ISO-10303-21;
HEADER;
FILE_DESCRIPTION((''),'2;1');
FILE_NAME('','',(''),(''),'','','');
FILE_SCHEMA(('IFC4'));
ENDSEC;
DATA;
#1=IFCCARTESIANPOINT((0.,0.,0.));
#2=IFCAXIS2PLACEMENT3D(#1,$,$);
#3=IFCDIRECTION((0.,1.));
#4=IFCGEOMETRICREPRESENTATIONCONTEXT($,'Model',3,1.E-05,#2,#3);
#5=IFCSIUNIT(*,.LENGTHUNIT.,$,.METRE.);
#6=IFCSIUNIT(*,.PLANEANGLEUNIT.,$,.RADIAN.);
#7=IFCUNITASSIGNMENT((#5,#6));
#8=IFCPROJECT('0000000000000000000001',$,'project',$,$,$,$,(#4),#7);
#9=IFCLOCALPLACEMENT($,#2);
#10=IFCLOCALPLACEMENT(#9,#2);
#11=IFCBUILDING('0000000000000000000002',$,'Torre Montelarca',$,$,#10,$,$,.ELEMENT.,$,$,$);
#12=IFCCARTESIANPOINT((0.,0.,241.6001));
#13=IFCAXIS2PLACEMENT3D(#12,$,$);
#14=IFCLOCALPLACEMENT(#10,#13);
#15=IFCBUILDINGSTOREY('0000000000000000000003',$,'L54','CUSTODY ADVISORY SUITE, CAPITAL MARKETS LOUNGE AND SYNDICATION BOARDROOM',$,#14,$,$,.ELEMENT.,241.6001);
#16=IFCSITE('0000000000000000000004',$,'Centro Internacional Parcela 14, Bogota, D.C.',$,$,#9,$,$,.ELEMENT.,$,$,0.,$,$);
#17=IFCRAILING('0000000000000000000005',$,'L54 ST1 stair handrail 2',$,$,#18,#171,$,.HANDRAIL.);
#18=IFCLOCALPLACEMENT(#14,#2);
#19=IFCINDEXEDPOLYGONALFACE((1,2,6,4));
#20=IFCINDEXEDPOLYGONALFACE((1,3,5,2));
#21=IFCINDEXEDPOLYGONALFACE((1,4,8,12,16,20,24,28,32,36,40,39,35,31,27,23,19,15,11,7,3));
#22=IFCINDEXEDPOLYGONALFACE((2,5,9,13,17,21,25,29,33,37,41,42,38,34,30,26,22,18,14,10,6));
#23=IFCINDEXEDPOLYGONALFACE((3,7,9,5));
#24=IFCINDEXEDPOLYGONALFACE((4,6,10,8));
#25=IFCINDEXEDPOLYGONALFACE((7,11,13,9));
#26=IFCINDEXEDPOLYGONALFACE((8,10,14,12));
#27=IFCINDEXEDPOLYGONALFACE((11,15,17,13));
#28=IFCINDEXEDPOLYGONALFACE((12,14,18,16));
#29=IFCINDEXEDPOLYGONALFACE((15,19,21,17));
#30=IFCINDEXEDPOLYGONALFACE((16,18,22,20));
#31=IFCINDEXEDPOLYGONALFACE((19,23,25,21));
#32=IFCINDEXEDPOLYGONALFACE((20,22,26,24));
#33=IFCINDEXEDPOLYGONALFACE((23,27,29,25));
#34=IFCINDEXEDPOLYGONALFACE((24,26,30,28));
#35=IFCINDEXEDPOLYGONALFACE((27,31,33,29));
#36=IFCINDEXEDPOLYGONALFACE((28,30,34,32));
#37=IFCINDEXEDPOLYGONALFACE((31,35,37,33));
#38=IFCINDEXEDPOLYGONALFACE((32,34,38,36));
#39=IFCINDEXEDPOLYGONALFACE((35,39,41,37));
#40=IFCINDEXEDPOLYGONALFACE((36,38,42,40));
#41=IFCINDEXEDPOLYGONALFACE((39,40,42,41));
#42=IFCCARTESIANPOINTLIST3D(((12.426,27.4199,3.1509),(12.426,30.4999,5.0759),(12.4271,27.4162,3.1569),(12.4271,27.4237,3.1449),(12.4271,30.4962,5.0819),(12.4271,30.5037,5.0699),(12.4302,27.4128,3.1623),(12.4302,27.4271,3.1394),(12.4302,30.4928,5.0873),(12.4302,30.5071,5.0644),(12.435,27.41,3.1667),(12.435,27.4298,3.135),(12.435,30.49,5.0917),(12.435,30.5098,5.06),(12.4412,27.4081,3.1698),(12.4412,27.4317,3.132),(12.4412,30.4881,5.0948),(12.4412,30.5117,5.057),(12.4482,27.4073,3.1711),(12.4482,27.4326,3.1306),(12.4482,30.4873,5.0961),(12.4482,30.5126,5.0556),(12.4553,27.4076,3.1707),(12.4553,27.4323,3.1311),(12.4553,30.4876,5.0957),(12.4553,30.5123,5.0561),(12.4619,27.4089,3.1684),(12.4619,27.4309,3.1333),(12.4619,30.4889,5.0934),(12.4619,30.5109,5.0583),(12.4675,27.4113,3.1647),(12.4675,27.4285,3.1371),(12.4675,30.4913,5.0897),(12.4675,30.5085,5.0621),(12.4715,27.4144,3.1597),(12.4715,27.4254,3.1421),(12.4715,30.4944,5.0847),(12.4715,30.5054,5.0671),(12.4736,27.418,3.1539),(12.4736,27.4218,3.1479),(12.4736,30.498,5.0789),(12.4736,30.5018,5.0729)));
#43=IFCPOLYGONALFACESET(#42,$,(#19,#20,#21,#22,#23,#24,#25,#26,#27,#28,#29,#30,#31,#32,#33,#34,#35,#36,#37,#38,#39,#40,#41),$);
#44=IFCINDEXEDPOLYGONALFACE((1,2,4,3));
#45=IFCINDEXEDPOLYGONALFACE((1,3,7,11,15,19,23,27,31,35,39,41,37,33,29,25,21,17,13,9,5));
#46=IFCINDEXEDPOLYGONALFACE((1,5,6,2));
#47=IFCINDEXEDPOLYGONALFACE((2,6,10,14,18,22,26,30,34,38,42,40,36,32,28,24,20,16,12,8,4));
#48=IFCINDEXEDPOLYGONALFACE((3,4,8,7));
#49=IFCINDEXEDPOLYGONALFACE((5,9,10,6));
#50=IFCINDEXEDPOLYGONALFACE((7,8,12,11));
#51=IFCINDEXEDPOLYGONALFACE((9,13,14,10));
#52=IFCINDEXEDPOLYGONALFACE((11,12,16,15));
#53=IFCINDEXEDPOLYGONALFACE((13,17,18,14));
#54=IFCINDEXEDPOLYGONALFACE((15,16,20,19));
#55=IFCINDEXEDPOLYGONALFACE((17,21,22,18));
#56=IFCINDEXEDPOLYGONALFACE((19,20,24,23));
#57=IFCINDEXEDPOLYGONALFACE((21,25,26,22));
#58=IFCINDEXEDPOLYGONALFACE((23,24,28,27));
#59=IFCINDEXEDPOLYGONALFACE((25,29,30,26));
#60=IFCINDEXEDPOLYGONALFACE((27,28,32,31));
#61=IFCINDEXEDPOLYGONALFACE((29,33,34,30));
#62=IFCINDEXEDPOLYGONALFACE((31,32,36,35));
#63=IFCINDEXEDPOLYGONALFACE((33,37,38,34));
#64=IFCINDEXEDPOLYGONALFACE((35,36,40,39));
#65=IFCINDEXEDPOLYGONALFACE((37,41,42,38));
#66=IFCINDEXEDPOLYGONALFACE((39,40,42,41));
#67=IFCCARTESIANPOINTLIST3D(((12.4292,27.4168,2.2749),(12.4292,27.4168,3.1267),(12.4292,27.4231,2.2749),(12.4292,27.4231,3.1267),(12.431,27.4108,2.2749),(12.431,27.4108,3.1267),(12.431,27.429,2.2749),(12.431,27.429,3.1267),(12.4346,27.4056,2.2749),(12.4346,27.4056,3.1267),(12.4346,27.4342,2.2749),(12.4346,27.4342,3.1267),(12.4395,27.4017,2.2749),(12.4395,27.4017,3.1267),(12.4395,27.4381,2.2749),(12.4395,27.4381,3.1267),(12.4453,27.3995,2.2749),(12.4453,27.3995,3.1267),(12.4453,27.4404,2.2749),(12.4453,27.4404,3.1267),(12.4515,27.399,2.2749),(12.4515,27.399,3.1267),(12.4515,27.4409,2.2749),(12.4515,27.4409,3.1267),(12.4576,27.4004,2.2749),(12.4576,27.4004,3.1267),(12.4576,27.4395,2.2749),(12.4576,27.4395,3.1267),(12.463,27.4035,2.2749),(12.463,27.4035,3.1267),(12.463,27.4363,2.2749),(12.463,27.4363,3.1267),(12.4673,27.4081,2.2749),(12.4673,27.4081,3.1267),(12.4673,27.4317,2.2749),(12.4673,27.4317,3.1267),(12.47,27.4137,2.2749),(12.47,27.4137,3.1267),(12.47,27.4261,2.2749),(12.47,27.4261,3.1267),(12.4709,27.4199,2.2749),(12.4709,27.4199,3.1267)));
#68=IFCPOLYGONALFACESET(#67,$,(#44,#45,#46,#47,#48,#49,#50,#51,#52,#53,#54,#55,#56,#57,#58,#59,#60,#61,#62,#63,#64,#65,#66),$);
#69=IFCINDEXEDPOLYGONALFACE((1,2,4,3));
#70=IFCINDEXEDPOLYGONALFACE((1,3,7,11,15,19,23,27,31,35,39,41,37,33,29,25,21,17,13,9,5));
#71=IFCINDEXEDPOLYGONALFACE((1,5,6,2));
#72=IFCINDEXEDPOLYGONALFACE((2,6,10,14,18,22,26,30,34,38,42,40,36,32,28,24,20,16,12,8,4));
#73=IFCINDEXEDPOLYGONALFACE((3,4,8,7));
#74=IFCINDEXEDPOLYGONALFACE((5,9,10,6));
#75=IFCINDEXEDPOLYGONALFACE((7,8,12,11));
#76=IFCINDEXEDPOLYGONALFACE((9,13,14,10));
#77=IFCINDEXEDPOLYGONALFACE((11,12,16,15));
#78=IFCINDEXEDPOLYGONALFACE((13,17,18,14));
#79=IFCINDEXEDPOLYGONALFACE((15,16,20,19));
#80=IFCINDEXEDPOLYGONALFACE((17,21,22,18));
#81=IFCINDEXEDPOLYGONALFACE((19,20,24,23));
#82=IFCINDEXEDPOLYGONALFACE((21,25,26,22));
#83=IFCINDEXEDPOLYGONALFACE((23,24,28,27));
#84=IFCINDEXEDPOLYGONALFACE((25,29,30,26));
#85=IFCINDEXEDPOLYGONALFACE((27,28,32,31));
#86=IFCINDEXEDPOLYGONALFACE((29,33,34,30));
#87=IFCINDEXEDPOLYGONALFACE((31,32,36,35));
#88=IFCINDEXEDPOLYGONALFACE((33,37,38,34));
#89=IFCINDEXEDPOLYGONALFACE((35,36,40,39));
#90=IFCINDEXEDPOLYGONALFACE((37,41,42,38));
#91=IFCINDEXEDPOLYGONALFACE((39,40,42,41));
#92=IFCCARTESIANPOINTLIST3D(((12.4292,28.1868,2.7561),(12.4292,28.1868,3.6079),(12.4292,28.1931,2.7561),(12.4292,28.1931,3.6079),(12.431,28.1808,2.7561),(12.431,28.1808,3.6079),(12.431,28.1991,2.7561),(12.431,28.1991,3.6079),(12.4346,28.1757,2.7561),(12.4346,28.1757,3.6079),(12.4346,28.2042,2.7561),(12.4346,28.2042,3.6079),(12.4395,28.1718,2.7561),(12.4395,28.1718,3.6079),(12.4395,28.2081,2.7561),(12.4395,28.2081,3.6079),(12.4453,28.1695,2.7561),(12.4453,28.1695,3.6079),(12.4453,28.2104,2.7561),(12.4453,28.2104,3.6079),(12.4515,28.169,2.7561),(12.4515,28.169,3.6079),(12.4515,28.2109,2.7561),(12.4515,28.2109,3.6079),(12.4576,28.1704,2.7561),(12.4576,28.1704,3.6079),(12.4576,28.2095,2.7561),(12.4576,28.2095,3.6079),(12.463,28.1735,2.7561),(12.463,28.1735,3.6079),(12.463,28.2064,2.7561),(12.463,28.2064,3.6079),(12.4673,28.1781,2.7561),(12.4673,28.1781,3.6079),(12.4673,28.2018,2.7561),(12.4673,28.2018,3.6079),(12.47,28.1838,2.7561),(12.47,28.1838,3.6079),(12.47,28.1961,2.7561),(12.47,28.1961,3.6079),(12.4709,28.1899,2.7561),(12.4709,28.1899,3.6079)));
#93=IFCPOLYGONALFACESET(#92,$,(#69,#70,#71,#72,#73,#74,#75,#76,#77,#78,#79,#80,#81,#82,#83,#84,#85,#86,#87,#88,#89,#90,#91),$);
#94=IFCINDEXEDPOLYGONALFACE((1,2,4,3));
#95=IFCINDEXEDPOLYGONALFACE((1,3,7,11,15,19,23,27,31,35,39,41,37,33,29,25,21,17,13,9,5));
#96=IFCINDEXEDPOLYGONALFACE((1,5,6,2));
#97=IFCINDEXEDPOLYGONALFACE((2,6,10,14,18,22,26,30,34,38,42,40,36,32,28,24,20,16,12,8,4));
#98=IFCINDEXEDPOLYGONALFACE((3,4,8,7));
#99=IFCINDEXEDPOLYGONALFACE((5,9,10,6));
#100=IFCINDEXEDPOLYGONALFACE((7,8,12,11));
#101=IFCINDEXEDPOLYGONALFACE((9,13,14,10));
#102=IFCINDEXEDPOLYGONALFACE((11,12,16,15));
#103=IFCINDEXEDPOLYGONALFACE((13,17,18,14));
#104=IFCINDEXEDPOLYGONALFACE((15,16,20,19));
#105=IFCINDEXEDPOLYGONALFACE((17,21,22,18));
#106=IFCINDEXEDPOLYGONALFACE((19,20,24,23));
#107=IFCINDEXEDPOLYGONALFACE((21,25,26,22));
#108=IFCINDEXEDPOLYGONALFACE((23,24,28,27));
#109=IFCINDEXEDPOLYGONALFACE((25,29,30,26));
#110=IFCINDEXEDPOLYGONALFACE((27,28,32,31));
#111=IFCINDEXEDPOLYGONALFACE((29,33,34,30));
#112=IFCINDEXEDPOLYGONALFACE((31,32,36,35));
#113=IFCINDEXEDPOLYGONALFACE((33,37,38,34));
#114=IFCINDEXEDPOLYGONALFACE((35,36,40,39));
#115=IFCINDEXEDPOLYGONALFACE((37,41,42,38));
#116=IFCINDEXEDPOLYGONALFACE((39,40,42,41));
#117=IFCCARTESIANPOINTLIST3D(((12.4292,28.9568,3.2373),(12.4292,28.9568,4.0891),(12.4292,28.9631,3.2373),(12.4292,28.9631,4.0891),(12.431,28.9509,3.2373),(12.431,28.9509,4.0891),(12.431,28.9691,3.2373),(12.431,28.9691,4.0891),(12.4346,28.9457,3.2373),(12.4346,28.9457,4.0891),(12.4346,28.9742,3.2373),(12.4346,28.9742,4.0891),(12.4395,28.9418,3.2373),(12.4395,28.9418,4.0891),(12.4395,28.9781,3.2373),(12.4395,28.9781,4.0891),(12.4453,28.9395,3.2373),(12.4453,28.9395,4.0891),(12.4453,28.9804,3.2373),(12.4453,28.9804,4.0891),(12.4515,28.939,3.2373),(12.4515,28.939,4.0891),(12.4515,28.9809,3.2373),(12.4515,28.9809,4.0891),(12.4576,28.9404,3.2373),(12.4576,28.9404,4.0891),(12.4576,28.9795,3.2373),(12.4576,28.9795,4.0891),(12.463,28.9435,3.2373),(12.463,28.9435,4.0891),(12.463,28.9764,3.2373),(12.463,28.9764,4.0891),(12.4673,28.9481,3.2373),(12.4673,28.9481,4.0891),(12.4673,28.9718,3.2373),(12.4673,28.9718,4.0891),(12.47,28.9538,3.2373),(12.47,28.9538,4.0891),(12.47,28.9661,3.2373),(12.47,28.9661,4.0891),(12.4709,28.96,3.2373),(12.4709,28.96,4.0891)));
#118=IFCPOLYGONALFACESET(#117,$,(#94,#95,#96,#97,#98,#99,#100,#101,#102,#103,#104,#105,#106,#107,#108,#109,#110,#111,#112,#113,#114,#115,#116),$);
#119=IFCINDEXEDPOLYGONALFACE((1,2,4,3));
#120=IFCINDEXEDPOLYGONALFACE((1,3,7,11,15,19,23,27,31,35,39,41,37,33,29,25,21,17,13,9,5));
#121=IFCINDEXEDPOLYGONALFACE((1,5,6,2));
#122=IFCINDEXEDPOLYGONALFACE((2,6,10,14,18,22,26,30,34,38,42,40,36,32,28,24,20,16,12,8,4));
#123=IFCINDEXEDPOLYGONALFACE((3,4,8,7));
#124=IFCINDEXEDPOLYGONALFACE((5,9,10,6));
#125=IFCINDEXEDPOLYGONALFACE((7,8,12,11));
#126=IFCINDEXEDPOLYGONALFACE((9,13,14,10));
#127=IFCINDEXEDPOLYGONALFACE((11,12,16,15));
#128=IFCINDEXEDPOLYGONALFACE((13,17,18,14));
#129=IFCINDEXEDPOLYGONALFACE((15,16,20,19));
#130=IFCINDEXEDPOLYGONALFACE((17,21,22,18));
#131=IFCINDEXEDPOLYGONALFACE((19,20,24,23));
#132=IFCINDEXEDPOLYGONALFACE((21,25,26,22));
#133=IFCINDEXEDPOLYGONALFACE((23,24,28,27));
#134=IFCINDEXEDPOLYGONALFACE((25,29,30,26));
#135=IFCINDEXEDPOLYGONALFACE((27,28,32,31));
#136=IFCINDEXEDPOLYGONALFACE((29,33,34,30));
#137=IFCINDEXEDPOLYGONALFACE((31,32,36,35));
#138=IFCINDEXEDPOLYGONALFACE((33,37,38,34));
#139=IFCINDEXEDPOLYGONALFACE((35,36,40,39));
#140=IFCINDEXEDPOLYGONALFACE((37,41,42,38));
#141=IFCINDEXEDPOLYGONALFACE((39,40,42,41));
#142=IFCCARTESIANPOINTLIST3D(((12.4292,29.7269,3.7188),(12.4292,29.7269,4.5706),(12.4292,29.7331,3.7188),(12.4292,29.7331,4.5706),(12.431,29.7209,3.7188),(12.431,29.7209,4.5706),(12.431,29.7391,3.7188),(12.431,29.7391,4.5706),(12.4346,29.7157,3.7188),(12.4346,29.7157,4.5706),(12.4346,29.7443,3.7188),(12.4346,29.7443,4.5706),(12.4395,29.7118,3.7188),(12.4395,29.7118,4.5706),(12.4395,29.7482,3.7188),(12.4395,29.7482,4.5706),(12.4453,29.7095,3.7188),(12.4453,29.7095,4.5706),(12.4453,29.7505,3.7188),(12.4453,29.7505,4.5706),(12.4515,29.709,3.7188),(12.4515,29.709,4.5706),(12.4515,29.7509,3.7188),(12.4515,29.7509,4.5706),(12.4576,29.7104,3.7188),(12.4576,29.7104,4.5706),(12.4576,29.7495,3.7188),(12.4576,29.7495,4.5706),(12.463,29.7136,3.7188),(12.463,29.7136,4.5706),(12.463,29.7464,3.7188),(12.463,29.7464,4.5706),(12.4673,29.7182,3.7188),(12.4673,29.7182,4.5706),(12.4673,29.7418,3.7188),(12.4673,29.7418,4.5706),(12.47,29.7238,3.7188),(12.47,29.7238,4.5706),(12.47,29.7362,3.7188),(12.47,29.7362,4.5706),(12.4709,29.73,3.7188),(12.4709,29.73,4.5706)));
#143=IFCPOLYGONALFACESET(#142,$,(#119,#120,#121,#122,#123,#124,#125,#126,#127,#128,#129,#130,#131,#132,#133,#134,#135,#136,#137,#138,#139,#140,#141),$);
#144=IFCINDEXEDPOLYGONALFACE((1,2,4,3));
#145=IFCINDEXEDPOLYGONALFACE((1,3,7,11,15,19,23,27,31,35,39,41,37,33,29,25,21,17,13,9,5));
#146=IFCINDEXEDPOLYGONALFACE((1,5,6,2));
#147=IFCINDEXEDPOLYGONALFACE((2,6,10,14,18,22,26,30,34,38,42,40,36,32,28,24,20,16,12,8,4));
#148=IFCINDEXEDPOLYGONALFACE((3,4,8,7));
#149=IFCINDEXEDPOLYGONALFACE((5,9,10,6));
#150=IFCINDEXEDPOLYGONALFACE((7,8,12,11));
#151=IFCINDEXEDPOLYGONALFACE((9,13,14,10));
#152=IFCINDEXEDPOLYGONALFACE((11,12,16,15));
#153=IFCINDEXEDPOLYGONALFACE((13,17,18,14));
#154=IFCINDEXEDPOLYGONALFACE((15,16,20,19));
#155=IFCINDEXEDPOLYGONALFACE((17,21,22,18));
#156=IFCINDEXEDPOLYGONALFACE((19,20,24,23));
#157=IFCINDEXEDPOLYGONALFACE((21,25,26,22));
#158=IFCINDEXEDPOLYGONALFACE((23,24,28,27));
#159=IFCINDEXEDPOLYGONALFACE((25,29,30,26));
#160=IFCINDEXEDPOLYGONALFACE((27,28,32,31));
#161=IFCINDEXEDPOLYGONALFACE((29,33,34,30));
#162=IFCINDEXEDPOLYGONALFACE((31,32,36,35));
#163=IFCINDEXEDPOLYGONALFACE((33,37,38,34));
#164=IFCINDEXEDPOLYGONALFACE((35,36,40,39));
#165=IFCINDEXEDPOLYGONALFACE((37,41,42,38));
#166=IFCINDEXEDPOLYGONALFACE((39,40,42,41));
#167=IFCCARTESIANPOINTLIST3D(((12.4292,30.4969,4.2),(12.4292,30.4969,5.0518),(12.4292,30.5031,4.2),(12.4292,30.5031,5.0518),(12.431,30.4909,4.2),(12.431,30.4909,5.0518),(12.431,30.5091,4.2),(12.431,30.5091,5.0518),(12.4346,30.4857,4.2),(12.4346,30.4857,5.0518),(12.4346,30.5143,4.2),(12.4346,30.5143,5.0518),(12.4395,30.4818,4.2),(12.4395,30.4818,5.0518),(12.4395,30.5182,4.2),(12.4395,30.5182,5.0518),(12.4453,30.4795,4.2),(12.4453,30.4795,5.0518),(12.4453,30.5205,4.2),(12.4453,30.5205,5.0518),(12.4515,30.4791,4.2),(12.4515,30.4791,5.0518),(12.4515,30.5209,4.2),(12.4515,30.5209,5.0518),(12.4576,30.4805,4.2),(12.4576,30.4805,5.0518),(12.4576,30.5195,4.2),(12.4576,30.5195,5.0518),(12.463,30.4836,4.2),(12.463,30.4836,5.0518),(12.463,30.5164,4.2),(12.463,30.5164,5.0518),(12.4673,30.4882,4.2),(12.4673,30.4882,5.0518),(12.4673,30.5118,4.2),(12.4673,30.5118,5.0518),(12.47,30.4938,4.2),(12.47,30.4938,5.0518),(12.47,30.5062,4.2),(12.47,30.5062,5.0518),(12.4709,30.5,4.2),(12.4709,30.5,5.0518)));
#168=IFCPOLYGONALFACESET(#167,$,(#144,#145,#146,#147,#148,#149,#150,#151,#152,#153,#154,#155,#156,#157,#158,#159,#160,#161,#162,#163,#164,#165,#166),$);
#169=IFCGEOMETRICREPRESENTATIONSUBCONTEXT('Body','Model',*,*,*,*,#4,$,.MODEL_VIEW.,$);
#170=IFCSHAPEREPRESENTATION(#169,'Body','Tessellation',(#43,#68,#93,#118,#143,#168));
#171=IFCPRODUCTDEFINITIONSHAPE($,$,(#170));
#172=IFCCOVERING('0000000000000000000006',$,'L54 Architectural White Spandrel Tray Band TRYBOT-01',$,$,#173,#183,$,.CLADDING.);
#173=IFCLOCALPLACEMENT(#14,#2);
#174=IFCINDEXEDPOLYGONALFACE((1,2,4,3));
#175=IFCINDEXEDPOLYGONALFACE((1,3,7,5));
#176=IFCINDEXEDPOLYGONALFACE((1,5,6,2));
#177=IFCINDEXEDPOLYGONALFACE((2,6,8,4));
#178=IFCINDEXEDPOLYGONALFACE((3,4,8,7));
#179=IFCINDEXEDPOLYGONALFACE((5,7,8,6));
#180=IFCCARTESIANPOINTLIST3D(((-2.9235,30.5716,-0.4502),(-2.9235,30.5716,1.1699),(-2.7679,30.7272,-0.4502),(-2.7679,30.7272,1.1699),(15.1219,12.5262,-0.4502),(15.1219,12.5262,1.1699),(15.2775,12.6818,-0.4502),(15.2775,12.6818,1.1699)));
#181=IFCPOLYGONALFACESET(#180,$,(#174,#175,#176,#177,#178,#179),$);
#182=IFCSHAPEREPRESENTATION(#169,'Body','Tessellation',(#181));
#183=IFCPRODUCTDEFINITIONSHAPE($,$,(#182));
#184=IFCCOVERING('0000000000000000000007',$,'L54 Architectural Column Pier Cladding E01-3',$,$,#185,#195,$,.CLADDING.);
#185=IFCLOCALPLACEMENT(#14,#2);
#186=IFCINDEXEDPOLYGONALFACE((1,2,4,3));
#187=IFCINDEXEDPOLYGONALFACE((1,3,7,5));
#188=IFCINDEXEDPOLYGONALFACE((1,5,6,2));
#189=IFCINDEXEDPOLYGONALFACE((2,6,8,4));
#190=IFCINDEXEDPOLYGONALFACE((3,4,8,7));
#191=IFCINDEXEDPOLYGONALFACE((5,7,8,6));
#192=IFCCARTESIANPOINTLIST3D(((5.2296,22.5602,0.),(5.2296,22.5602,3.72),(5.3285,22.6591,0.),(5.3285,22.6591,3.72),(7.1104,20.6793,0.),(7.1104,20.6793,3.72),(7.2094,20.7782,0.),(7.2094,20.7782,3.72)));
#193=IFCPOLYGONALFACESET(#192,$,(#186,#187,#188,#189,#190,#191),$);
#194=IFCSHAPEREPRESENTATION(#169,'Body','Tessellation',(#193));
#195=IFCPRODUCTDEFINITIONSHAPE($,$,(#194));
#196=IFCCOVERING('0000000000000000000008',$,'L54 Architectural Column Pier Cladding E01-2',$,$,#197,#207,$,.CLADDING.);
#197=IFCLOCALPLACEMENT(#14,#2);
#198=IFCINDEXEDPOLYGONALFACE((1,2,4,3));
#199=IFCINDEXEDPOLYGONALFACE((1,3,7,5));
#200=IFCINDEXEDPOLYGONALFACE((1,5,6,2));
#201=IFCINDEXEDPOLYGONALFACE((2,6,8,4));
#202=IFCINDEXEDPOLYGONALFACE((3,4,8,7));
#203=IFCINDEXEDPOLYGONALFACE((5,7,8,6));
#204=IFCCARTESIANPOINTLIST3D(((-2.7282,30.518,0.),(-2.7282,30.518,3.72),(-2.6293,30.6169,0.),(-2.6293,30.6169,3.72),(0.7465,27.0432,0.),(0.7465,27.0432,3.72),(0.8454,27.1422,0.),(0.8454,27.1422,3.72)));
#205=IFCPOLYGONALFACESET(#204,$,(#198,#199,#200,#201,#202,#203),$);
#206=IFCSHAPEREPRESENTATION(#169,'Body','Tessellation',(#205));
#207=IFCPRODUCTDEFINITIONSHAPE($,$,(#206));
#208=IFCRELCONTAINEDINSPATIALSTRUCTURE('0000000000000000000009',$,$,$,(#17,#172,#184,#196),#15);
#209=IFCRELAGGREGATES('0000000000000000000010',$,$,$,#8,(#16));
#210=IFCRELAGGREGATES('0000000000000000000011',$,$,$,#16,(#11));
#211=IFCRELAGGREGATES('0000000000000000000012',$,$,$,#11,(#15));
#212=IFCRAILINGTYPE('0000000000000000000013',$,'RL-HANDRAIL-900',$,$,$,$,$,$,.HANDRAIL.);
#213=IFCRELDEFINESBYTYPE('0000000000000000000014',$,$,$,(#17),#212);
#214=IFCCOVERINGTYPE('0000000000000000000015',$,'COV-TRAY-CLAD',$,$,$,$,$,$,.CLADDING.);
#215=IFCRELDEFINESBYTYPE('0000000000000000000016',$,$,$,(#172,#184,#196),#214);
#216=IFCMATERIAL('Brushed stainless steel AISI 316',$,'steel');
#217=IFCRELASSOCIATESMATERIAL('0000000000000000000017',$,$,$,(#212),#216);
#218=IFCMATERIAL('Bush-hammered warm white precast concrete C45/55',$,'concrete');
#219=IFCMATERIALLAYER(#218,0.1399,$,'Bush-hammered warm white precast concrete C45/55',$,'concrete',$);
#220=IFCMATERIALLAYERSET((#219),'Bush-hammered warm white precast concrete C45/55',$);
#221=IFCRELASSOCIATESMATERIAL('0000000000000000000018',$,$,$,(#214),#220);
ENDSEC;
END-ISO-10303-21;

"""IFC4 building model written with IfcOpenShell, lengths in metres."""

from ifc_helpers import new_model, si_unit, direction, frame, origin, origin_2d, place, context, subcontext, project, spatial, rectangle, circle, extrude, source, transform, mapped, material, layer, layer_set, type_object, element, save


model = new_model("IFC4")

# Units and contexts
model_context = context("Model", 3, precision=1e-05, world=origin(), true_north=direction((0.0, 1.0)))
body_context = subcontext(model_context, "Body", "Model", "MODEL_VIEW")
ifc_project = project(units=[si_unit("LENGTHUNIT", "METRE"), si_unit("PLANEANGLEUNIT", "RADIAN")], contexts=[model_context])

# Site, building, storey
site_placement = place(None, origin())
site = spatial("IfcSite", under=ifc_project, at=site_placement, Name="Centro Internacional Parcela 14, Bogota, D.C.", CompositionType="ELEMENT", RefElevation=0.0)
building_placement = place(site_placement, origin())
building = spatial("IfcBuilding", under=site, at=building_placement, Name="Torre Montelarca", CompositionType="ELEMENT")
storey_placement = place(building_placement, frame((0.0, 0.0, 241.6001)))
storey = spatial("IfcBuildingStorey", under=building, at=storey_placement, Name="L54", Description="CUSTODY ADVISORY SUITE, CAPITAL MARKETS LOUNGE AND SYNDICATION BOARDROOM", CompositionType="ELEMENT", Elevation=241.6001)

# Railing
ifc_material_1 = material(Name="Brushed stainless steel AISI 316", Category="steel")
railing_type_1 = type_object("IfcRailingType", Name="RL-HANDRAIL-900", PredefinedType="HANDRAIL", material=ifc_material_1)
railing_1_placement = place(storey_placement, frame((12.45, 27.4199, 2.2749)))
element("IfcRailing", 1, at=railing_1_placement, inside=storey, type_object=railing_type_1, Name="L54 ST1 stair handrail 2", PredefinedType="HANDRAIL", context=body_context, shape_type="SweptSolid", body=[
    extrude(circle(Radius=0.0239, at=origin_2d()), frame((0.0, 0.0, 0.876), z_axis=(0.0, 0.847998, 0.529999), x_axis=(-1.0, 0.0, 0.0)), (0.0, 0.0, 1.0), 3.6321),
    extrude(circle(Radius=0.021, at=origin_2d()), origin(), (0.0, 0.0, 1.0), 0.8518),
    extrude(circle(Radius=0.021, at=origin_2d()), frame((0.0, 0.77, 0.4812)), (0.0, 0.0, 1.0), 0.8518),
    extrude(circle(Radius=0.021, at=origin_2d()), frame((0.0, 1.54, 0.9624)), (0.0, 0.0, 1.0), 0.8518),
    extrude(circle(Radius=0.021, at=origin_2d()), frame((0.0, 2.3101, 1.4438)), (0.0, 0.0, 1.0), 0.8518),
    extrude(circle(Radius=0.021, at=origin_2d()), frame((0.0, 3.0801, 1.925)), (0.0, 0.0, 1.0), 0.8518),
])

# Coverings
ifc_material_2 = material(Name="Bush-hammered warm white precast concrete C45/55", Category="concrete")
ifc_layer_1 = layer(ifc_material_2, 0.1399, Name="Bush-hammered warm white precast concrete C45/55", Category="concrete")
ifc_layer_set_1 = layer_set([ifc_layer_1], Name="Bush-hammered warm white precast concrete C45/55")
covering_type = type_object("IfcCoveringType", Name="COV-TRAY-CLAD", PredefinedType="CLADDING", material=ifc_layer_set_1)
shared_shape_1 = source(origin(), body_context, "Body", "SweptSolid", [
    extrude(rectangle(XDim=25.52, YDim=0.22, at=origin_2d()), origin(), (0.0, 0.0, 1.0), 1.6201),
])
covering_1_placement = place(storey_placement, frame((6.177, 21.6267, -0.4502), z_axis=(0.0, 0.0, 1.0), x_axis=(0.707107, -0.707107, 0.0)))
element("IfcCovering", 2, at=covering_1_placement, inside=storey, type_object=covering_type, Name="L54 Architectural White Spandrel Tray Band TRYBOT-01", PredefinedType="CLADDING", context=body_context, shape_type="MappedRepresentation", body=[
    mapped(shared_shape_1, transform((0.0, 0.0, 0.0), scale=1.0)),
])
shared_shape_2 = source(origin(), body_context, "Body", "SweptSolid", [
    extrude(rectangle(XDim=2.6599, YDim=0.1399, at=origin_2d()), origin(), (0.0, 0.0, 1.0), 3.72),
])
covering_2_placement = place(storey_placement, frame((6.2195, 21.6692, 0.0), z_axis=(0.0, 0.0, 1.0), x_axis=(0.707107, -0.707107, 0.0)))
element("IfcCovering", 3, at=covering_2_placement, inside=storey, type_object=covering_type, Name="L54 Architectural Column Pier Cladding E01-3", PredefinedType="CLADDING", context=body_context, shape_type="MappedRepresentation", body=[
    mapped(shared_shape_2, transform((0.0, 0.0, 0.0), scale=1.0)),
])
shared_shape_3 = source(origin(), body_context, "Body", "SweptSolid", [
    extrude(rectangle(XDim=4.9141, YDim=0.1399, at=origin_2d()), origin(), (0.0, 0.0, 1.0), 3.72),
])
covering_3_placement = place(storey_placement, frame((-0.9414, 28.8301, 0.0), z_axis=(0.0, 0.0, 1.0), x_axis=(0.707107, -0.707107, 0.0)))
element("IfcCovering", 4, at=covering_3_placement, inside=storey, type_object=covering_type, Name="L54 Architectural Column Pier Cladding E01-2", PredefinedType="CLADDING", context=body_context, shape_type="MappedRepresentation", body=[
    mapped(shared_shape_3, transform((0.0, 0.0, 0.0), scale=1.0)),
])

save(model, "model.ifc")
